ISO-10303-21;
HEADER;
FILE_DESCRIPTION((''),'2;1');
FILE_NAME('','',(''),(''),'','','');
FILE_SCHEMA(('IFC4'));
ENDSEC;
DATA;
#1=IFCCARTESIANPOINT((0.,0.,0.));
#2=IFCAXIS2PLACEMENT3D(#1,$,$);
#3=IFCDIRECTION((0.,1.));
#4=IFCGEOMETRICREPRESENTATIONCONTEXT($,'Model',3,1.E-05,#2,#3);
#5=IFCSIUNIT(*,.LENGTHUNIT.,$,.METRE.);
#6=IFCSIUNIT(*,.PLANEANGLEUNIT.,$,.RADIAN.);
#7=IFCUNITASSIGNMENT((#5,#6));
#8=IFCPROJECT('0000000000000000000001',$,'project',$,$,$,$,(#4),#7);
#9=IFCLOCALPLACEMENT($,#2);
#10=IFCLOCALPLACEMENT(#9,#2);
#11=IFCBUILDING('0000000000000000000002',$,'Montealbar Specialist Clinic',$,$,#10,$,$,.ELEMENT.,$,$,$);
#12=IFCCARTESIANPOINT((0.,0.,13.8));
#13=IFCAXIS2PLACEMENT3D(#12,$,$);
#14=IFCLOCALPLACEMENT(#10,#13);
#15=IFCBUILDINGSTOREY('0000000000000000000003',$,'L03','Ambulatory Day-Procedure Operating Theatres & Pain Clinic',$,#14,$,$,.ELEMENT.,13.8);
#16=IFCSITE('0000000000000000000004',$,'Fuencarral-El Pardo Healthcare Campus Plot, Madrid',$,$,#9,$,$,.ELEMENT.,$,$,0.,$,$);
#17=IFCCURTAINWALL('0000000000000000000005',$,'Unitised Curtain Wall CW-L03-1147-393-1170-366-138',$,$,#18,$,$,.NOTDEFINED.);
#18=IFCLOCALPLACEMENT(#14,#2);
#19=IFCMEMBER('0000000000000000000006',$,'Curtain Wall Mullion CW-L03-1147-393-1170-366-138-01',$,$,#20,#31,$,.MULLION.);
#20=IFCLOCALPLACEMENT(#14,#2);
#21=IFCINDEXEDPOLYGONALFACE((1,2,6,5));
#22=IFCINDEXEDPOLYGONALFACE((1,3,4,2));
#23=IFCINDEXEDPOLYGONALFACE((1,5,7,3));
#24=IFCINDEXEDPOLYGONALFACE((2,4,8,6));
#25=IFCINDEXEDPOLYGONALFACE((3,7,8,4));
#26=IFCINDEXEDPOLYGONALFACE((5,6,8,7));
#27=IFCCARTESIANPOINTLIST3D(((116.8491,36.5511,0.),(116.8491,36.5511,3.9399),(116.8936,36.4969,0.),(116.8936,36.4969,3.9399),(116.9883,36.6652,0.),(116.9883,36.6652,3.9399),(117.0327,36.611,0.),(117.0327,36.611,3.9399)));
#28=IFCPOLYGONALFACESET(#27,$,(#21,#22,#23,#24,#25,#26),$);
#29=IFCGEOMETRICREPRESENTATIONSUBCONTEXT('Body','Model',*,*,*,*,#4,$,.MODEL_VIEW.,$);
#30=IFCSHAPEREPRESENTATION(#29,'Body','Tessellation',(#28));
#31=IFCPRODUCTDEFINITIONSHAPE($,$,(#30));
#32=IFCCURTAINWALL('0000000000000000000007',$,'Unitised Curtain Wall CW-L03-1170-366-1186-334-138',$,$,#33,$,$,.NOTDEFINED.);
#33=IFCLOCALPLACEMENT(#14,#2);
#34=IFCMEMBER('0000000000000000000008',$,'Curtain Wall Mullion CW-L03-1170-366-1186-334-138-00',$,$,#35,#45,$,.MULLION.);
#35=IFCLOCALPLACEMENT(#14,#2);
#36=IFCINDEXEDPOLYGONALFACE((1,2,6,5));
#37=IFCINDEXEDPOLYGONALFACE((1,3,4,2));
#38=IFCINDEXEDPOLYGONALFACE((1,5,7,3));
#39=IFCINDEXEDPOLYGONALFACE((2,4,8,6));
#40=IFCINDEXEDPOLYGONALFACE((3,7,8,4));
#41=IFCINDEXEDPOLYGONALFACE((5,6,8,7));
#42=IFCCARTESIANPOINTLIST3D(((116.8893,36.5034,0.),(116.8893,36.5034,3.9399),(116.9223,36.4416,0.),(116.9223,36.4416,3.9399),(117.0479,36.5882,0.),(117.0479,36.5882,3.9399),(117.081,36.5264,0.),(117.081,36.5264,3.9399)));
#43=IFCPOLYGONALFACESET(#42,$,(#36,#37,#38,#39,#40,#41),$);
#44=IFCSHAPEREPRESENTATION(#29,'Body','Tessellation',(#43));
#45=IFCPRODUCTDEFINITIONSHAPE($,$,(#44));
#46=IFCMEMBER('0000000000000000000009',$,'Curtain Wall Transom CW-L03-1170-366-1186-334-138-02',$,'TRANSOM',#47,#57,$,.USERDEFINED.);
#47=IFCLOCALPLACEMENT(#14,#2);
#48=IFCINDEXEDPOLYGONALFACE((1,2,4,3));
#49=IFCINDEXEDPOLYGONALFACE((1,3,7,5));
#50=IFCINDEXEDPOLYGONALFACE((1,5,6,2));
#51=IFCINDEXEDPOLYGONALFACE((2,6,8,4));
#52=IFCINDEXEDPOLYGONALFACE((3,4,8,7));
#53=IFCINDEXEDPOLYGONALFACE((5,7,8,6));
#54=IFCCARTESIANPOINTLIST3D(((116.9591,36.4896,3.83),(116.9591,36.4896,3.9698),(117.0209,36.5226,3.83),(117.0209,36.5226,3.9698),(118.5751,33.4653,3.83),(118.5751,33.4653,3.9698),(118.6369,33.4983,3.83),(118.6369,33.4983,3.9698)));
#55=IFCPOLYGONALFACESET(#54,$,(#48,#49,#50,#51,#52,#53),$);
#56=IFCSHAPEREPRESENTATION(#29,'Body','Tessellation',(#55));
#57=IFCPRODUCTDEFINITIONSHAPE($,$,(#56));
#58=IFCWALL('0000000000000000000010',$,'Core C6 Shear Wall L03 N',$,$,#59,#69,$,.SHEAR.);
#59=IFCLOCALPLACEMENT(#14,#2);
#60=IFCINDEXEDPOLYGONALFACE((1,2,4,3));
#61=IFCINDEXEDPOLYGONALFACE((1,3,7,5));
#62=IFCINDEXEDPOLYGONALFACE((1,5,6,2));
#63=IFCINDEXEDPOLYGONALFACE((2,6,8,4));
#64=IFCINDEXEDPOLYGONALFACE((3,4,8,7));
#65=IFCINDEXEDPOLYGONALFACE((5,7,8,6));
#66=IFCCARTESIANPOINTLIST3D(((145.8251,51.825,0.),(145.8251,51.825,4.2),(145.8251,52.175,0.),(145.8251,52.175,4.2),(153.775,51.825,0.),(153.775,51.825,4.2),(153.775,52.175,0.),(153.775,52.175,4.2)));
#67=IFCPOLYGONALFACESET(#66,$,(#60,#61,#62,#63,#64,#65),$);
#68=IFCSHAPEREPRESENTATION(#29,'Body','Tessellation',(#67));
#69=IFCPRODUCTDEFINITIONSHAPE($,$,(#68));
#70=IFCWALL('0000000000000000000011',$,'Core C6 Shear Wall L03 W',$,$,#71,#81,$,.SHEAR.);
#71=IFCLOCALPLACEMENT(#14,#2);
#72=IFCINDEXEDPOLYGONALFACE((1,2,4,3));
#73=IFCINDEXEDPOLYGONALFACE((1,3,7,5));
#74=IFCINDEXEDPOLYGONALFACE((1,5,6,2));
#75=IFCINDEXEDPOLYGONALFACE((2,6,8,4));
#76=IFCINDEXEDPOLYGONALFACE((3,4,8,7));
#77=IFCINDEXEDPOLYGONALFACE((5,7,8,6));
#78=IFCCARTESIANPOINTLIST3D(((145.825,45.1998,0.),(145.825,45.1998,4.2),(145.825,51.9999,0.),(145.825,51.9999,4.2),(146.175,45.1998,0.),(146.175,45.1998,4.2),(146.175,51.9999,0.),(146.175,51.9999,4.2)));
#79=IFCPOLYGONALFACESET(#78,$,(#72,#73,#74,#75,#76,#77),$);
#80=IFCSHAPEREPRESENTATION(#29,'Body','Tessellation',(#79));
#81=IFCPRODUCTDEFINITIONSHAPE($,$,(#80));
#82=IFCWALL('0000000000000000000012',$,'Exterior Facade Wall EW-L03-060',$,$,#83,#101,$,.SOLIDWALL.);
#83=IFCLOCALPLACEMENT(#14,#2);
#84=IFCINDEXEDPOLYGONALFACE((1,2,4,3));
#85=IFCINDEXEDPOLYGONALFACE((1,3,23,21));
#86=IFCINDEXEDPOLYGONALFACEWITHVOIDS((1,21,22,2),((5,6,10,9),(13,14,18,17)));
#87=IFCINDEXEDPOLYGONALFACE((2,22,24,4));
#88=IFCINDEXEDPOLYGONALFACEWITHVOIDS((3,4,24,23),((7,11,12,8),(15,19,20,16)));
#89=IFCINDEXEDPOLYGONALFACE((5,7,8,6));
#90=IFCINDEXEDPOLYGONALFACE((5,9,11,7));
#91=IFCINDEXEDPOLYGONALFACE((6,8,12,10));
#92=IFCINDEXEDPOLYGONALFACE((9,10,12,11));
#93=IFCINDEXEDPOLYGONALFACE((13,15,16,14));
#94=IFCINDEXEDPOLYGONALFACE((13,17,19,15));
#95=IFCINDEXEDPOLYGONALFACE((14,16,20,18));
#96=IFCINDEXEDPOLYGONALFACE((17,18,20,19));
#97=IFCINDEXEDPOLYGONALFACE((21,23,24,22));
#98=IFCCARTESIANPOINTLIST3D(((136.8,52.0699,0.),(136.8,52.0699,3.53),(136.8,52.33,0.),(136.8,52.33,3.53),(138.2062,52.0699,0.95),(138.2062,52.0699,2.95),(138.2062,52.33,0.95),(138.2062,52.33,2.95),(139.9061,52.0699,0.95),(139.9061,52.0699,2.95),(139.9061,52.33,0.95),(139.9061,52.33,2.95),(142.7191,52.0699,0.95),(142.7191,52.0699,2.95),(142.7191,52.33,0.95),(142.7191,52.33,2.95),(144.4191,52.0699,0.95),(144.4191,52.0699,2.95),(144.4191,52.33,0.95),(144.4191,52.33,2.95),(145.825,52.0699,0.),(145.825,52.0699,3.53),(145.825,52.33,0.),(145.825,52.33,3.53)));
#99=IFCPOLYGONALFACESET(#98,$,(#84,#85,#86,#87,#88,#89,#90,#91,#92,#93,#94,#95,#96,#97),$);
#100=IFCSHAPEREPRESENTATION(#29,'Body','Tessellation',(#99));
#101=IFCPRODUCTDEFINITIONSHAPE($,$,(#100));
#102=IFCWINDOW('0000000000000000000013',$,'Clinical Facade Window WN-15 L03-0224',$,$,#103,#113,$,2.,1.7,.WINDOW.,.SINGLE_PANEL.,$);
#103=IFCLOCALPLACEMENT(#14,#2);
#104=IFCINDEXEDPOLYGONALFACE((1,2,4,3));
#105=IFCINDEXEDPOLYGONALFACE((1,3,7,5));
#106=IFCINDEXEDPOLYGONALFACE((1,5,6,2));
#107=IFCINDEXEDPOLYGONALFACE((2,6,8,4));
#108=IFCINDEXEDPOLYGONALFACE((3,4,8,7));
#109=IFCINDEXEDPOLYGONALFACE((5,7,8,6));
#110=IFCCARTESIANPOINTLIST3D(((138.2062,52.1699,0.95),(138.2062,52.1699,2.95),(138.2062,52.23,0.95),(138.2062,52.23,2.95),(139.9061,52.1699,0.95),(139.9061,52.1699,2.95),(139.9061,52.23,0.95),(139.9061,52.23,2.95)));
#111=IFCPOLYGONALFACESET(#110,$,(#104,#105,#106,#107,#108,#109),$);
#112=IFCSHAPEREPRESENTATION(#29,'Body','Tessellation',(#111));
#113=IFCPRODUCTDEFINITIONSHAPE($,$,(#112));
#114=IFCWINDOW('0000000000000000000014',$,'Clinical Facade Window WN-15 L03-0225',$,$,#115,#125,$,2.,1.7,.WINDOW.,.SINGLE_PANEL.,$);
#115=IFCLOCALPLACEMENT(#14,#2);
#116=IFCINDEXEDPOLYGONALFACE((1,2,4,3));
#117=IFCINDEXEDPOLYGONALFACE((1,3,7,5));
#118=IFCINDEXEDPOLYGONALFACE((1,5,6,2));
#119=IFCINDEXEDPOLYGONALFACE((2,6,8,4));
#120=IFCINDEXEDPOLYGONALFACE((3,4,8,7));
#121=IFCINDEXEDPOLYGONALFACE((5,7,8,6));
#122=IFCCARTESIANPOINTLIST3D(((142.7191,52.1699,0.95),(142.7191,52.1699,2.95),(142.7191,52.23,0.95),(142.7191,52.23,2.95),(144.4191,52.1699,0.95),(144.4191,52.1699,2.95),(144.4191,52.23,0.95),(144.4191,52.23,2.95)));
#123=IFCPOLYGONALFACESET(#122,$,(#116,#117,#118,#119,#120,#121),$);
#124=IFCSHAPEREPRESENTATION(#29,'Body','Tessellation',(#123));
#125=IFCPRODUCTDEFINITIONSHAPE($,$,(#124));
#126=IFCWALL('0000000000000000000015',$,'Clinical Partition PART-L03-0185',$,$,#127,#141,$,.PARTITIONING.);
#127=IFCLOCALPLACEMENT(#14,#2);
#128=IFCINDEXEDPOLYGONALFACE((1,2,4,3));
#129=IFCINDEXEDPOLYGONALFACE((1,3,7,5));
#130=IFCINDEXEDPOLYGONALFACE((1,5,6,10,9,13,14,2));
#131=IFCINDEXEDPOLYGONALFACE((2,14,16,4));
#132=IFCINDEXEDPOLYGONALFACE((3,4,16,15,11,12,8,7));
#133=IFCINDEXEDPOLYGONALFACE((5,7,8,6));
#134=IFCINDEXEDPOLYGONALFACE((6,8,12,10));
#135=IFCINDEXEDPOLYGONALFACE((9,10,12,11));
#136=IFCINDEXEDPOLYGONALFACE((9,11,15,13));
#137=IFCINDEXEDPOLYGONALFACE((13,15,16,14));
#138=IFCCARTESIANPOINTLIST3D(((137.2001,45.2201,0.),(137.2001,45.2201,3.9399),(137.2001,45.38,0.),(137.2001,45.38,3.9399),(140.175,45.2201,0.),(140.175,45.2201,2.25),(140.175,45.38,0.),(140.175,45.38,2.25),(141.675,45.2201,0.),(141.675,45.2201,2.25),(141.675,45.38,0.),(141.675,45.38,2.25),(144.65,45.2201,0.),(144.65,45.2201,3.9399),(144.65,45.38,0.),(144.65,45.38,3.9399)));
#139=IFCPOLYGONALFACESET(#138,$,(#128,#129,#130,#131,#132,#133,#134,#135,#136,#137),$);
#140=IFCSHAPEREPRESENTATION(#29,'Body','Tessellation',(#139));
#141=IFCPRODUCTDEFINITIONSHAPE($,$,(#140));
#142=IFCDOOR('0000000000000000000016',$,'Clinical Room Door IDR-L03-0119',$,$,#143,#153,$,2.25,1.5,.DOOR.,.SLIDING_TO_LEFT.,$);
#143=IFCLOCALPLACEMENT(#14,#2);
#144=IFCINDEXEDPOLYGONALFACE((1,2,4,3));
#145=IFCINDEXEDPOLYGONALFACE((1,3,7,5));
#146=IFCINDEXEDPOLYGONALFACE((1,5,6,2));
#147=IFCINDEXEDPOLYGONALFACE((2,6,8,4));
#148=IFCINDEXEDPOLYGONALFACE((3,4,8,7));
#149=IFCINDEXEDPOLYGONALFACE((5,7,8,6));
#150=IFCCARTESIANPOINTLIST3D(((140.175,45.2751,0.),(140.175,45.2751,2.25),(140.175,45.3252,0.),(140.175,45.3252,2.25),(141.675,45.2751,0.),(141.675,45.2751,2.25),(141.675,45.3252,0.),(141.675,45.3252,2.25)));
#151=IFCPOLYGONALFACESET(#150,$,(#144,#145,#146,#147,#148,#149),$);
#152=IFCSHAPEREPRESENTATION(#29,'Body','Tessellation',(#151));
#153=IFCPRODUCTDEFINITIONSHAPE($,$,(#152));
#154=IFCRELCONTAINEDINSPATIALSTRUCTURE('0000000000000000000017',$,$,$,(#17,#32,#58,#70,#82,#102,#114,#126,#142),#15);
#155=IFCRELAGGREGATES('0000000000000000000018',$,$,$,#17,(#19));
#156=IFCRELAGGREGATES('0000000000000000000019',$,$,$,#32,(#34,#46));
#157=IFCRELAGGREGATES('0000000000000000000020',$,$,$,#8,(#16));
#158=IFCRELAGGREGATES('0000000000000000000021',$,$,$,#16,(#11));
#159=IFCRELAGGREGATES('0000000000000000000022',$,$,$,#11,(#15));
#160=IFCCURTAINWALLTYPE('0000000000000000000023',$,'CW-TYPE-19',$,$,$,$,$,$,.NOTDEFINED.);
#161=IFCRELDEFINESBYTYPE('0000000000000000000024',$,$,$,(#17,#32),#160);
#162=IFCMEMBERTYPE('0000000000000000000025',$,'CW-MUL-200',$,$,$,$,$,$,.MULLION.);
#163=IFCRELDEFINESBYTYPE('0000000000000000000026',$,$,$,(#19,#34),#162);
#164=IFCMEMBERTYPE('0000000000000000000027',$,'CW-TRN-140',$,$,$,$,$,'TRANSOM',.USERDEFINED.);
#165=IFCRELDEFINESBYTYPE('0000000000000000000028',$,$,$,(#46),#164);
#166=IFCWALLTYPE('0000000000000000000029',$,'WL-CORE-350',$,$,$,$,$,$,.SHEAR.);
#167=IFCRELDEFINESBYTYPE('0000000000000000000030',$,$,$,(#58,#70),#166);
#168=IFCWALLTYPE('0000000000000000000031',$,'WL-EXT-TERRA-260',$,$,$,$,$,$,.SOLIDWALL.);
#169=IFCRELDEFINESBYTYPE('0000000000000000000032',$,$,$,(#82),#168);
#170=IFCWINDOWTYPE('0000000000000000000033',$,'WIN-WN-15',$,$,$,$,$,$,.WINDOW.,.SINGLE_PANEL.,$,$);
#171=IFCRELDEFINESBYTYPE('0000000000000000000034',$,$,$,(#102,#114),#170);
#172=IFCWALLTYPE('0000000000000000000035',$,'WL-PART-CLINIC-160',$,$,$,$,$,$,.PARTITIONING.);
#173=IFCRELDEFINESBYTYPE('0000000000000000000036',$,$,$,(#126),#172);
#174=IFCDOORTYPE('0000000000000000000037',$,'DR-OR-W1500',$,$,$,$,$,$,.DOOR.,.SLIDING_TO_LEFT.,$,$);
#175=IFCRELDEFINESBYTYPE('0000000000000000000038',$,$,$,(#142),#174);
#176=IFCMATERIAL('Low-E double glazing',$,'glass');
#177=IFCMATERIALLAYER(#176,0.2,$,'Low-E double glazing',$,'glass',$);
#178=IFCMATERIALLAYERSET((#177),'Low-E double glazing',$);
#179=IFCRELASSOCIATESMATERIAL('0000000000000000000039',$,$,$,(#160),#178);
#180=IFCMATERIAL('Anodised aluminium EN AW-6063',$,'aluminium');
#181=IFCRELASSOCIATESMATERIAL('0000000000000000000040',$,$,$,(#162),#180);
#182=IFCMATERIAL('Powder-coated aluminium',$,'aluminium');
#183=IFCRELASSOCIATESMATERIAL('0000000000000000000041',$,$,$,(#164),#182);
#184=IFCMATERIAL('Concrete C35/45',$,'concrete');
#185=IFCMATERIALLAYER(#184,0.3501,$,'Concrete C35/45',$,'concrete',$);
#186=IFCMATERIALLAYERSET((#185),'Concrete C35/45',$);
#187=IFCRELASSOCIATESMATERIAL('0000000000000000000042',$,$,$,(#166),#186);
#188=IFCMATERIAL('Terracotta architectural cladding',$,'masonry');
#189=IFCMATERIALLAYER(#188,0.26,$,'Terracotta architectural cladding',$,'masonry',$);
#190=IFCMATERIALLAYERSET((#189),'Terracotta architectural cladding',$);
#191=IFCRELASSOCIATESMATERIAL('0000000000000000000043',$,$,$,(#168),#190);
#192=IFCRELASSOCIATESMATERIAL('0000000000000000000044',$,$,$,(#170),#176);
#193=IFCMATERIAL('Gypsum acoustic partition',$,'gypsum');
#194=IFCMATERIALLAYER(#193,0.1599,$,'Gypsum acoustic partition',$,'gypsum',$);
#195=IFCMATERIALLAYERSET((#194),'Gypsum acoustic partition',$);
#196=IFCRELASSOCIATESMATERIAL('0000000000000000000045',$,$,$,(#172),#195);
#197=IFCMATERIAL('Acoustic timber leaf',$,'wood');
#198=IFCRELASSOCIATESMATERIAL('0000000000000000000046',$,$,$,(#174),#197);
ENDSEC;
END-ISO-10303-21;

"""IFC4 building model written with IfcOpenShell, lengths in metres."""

from ifc_helpers import new_model, si_unit, direction, frame, frame_2d, origin, origin_2d, place, context, subcontext, project, spatial, rectangle, extrude, material, layer, layer_set, material_profile, profile_set, type_object, element, fill, aggregate, save


model = new_model("IFC4")

# Units and contexts
model_context = context("Model", 3, precision=1e-05, world=origin(), true_north=direction((0.0, 1.0)))
body_context = subcontext(model_context, "Body", "Model", "MODEL_VIEW")
ifc_project = project(units=[si_unit("LENGTHUNIT", "METRE"), si_unit("PLANEANGLEUNIT", "RADIAN")], contexts=[model_context])

# Site, building, storey
site_placement = place(None, origin())
site = spatial("IfcSite", under=ifc_project, at=site_placement, Name="Fuencarral-El Pardo Healthcare Campus Plot, Madrid", CompositionType="ELEMENT", RefElevation=0.0)
building_placement = place(site_placement, origin())
building = spatial("IfcBuilding", under=site, at=building_placement, Name="Montealbar Specialist Clinic", CompositionType="ELEMENT")
storey_placement = place(building_placement, frame((0.0, 0.0, 13.8)))
storey = spatial("IfcBuildingStorey", under=building, at=storey_placement, Name="L03", Description="Ambulatory Day-Procedure Operating Theatres & Pain Clinic", CompositionType="ELEMENT", Elevation=13.8)

# Curtain wall, member
ifc_material_1 = material(Name="Low-E double glazing", Category="glass")
ifc_layer_1 = layer(ifc_material_1, 0.2, Name="Low-E double glazing", Category="glass")
ifc_layer_set_1 = layer_set([ifc_layer_1], Name="Low-E double glazing")
curtain_wall_type = type_object("IfcCurtainWallType", Name="CW-TYPE-19", PredefinedType="NOTDEFINED", material=ifc_layer_set_1)
curtain_wall_1_placement = place(storey_placement, origin())
curtain_wall_1 = element("IfcCurtainWall", 1, at=curtain_wall_1_placement, inside=storey, type_object=curtain_wall_type, Name="Unitised Curtain Wall CW-L03-1147-393-1170-366-138", PredefinedType="NOTDEFINED")
ifc_material_2 = material(Name="Anodised aluminium EN AW-6063", Category="aluminium")
ifc_material_profile_1 = material_profile(ifc_material_2, rectangle(XDim=0.0701, YDim=0.1799, at=origin_2d()), Name="ALU 70x180", Category="aluminium")
ifc_profile_set_1 = profile_set([ifc_material_profile_1], Name="Anodised aluminium EN AW-6063")
member_type_1 = type_object("IfcMemberType", Name="CW-MUL-200", PredefinedType="MULLION", material=ifc_profile_set_1)
member_1_placement = place(storey_placement, frame((116.9409, 36.5811, 0.0), z_axis=(0.0, 0.0, 1.0), x_axis=(0.634256, -0.773123, 0.0)))
member_1 = element("IfcMember", 2, at=member_1_placement, type_object=member_type_1, Name="Curtain Wall Mullion CW-L03-1147-393-1170-366-138-01", PredefinedType="MULLION", context=body_context, shape_type="SweptSolid", body=[
    extrude(rectangle(XDim=0.0701, YDim=0.1799, at=origin_2d()), origin(), (0.0, 0.0, 1.0), 3.9399),
])
aggregate(curtain_wall_1, [member_1])

# Curtain wall, members
curtain_wall_2_placement = place(storey_placement, origin())
curtain_wall_2 = element("IfcCurtainWall", 3, at=curtain_wall_2_placement, inside=storey, type_object=curtain_wall_type, Name="Unitised Curtain Wall CW-L03-1170-366-1186-334-138", PredefinedType="NOTDEFINED")
member_2_placement = place(storey_placement, frame((116.9851, 36.5149, 0.0), z_axis=(0.0, 0.0, 1.0), x_axis=(0.471529, -0.88185, 0.0)))
member_2 = element("IfcMember", 4, at=member_2_placement, type_object=member_type_1, Name="Curtain Wall Mullion CW-L03-1170-366-1186-334-138-00", PredefinedType="MULLION", context=body_context, shape_type="SweptSolid", body=[
    extrude(rectangle(XDim=0.0701, YDim=0.1799, at=origin_2d()), origin(), (0.0, 0.0, 1.0), 3.9399),
])
ifc_material_3 = material(Name="Powder-coated aluminium", Category="aluminium")
ifc_material_profile_2 = material_profile(ifc_material_3, rectangle(XDim=0.0701, YDim=0.1399, at=origin_2d()), Name="ALU 70x140", Category="aluminium")
ifc_profile_set_2 = profile_set([ifc_material_profile_2], Name="Powder-coated aluminium")
member_type_2 = type_object("IfcMemberType", Name="CW-TRN-140", ElementType="TRANSOM", PredefinedType="USERDEFINED", material=ifc_profile_set_2)
member_3_placement = place(storey_placement, frame((116.99, 36.5061, 3.8999), z_axis=(0.471287, -0.88198, 0.0), x_axis=(0.88198, 0.471287, 0.0)))
member_3 = element("IfcMember", 5, at=member_3_placement, type_object=member_type_2, Name="Curtain Wall Transom CW-L03-1170-366-1186-334-138-02", ObjectType="TRANSOM", PredefinedType="USERDEFINED", context=body_context, shape_type="SweptSolid", body=[
    extrude(rectangle(XDim=0.0701, YDim=0.1399, at=origin_2d()), origin(), (0.0, 0.0, 1.0), 3.429),
])
aggregate(curtain_wall_2, [member_2, member_3])

# Shared definitions
ifc_material_4 = material(Name="Concrete C35/45", Category="concrete")
ifc_layer_2 = layer(ifc_material_4, 0.3501, Name="Concrete C35/45", Category="concrete")
ifc_layer_set_2 = layer_set([ifc_layer_2], Name="Concrete C35/45")
wall_type_1 = type_object("IfcWallType", Name="WL-CORE-350", PredefinedType="SHEAR", material=ifc_layer_set_2)

# Walls
wall_1_placement = place(storey_placement, frame((145.825, 52.0, 0.0), z_axis=(0.0, 0.0, 1.0), x_axis=(1.0, 0.0, 0.0)))
element("IfcWall", 6, at=wall_1_placement, inside=storey, type_object=wall_type_1, Name="Core C6 Shear Wall L03 N", PredefinedType="SHEAR", context=body_context, shape_type="SweptSolid", body=[
    extrude(rectangle(XDim=7.95, YDim=0.3501, at=frame_2d((3.9751, 0.0))), origin(), (0.0, 0.0, 1.0), 4.2),
])
wall_2_placement = place(storey_placement, frame((146.0, 45.2, 0.0), z_axis=(0.0, 0.0, 1.0), x_axis=(0.0, 1.0, 0.0)))
element("IfcWall", 7, at=wall_2_placement, inside=storey, type_object=wall_type_1, Name="Core C6 Shear Wall L03 W", PredefinedType="SHEAR", context=body_context, shape_type="SweptSolid", body=[
    extrude(rectangle(XDim=6.8, YDim=0.3501, at=frame_2d((3.3999, 0.0))), origin(), (0.0, 0.0, 1.0), 4.2),
])

# Wall, openings, windows
ifc_material_5 = material(Name="Terracotta architectural cladding", Category="masonry")
ifc_layer_3 = layer(ifc_material_5, 0.26, Name="Terracotta architectural cladding", Category="masonry")
ifc_layer_set_3 = layer_set([ifc_layer_3], Name="Terracotta architectural cladding")
wall_type_2 = type_object("IfcWallType", Name="WL-EXT-TERRA-260", PredefinedType="SOLIDWALL", material=ifc_layer_set_3)
wall_3_placement = place(storey_placement, frame((136.8, 52.2, 0.0), z_axis=(0.0, 0.0, 1.0), x_axis=(1.0, 0.0, 0.0)))
wall_3 = element("IfcWall", 8, at=wall_3_placement, inside=storey, type_object=wall_type_2, Name="Exterior Facade Wall EW-L03-060", PredefinedType="SOLIDWALL", context=body_context, shape_type="SweptSolid", body=[
    extrude(rectangle(XDim=9.0249, YDim=0.26, at=frame_2d((4.5125, 0.0))), origin(), (0.0, 0.0, 1.0), 3.53),
])
opening_1_placement = place(wall_3_placement, frame((1.406, 0.0, 0.95)))
opening_1 = element("IfcOpeningElement", 9, at=opening_1_placement, cuts=wall_3, PredefinedType="OPENING", context=body_context, shape_type="SweptSolid", body=[
    extrude(rectangle(XDim=1.7, YDim=2.0, at=frame_2d((0.8501, 1.0))), frame((0.0, 0.1399, 0.0), z_axis=(0.0, -1.0, 0.0), x_axis=(1.0, 0.0, 0.0)), (0.0, 0.0, 1.0), 0.28),
])
opening_2_placement = place(wall_3_placement, frame((5.9189, 0.0, 0.95)))
opening_2 = element("IfcOpeningElement", 10, at=opening_2_placement, cuts=wall_3, PredefinedType="OPENING", context=body_context, shape_type="SweptSolid", body=[
    extrude(rectangle(XDim=1.7, YDim=2.0, at=frame_2d((0.8501, 1.0))), frame((0.0, 0.1399, 0.0), z_axis=(0.0, -1.0, 0.0), x_axis=(1.0, 0.0, 0.0)), (0.0, 0.0, 1.0), 0.28),
])
window_type = type_object("IfcWindowType", Name="WIN-WN-15", PartitioningType="SINGLE_PANEL", PredefinedType="WINDOW", material=ifc_material_1)
window_1_placement = place(opening_1_placement, origin())
window_1 = element("IfcWindow", 11, at=window_1_placement, inside=storey, type_object=window_type, Name="Clinical Facade Window WN-15 L03-0224", OverallHeight=2.0, OverallWidth=1.7, PartitioningType="SINGLE_PANEL", PredefinedType="WINDOW", context=body_context, shape_type="SweptSolid", body=[
    extrude(rectangle(XDim=1.7, YDim=2.0, at=frame_2d((0.8501, 1.0))), frame((0.0, 0.03, 0.0), z_axis=(0.0, -1.0, 0.0), x_axis=(1.0, 0.0, 0.0)), (0.0, 0.0, 1.0), 0.0601),
])
fill(opening_1, window_1)
window_2_placement = place(opening_2_placement, origin())
window_2 = element("IfcWindow", 12, at=window_2_placement, inside=storey, type_object=window_type, Name="Clinical Facade Window WN-15 L03-0225", OverallHeight=2.0, OverallWidth=1.7, PartitioningType="SINGLE_PANEL", PredefinedType="WINDOW", context=body_context, shape_type="SweptSolid", body=[
    extrude(rectangle(XDim=1.7, YDim=2.0, at=frame_2d((0.8501, 1.0))), frame((0.0, 0.03, 0.0), z_axis=(0.0, -1.0, 0.0), x_axis=(1.0, 0.0, 0.0)), (0.0, 0.0, 1.0), 0.0601),
])
fill(opening_2, window_2)

# Wall, opening, door
ifc_material_6 = material(Name="Gypsum acoustic partition", Category="gypsum")
ifc_layer_4 = layer(ifc_material_6, 0.1599, Name="Gypsum acoustic partition", Category="gypsum")
ifc_layer_set_4 = layer_set([ifc_layer_4], Name="Gypsum acoustic partition")
wall_type_3 = type_object("IfcWallType", Name="WL-PART-CLINIC-160", PredefinedType="PARTITIONING", material=ifc_layer_set_4)
wall_4_placement = place(storey_placement, frame((137.2, 45.3, 0.0), z_axis=(0.0, 0.0, 1.0), x_axis=(1.0, 0.0, 0.0)))
wall_4 = element("IfcWall", 13, at=wall_4_placement, inside=storey, type_object=wall_type_3, Name="Clinical Partition PART-L03-0185", PredefinedType="PARTITIONING", context=body_context, shape_type="SweptSolid", body=[
    extrude(rectangle(XDim=7.45, YDim=0.1599, at=frame_2d((3.7251, 0.0))), origin(), (0.0, 0.0, 1.0), 3.9399),
])
opening_3_placement = place(wall_4_placement, frame((2.9751, 0.0, 0.0)))
opening_3 = element("IfcOpeningElement", 14, at=opening_3_placement, cuts=wall_4, PredefinedType="OPENING", context=body_context, shape_type="SweptSolid", body=[
    extrude(rectangle(XDim=1.5, YDim=2.25, at=frame_2d((0.75, 1.125))), frame((0.0, 0.0898, 0.0), z_axis=(0.0, -1.0, 0.0), x_axis=(1.0, 0.0, 0.0)), (0.0, 0.0, 1.0), 0.1799),
])
ifc_material_7 = material(Name="Acoustic timber leaf", Category="wood")
door_type_1 = type_object("IfcDoorType", Name="DR-OR-W1500", OperationType="SLIDING_TO_LEFT", PredefinedType="DOOR", material=ifc_material_7)
door_1_placement = place(opening_3_placement, frame((1.5, 0.0, 0.0), z_axis=(0.0, 0.0, 1.0), x_axis=(-1.0, 0.0, 0.0)))
door_1 = element("IfcDoor", 15, at=door_1_placement, inside=storey, type_object=door_type_1, Name="Clinical Room Door IDR-L03-0119", OperationType="SLIDING_TO_LEFT", OverallHeight=2.25, OverallWidth=1.5, PredefinedType="DOOR", context=body_context, shape_type="SweptSolid", body=[
    extrude(rectangle(XDim=1.5, YDim=2.25, at=frame_2d((0.75, 1.125))), frame((0.0, 0.0249, 0.0), z_axis=(0.0, -1.0, 0.0), x_axis=(1.0, 0.0, 0.0)), (0.0, 0.0, 1.0), 0.05),
])
fill(opening_3, door_1)

save(model, "model.ifc")
